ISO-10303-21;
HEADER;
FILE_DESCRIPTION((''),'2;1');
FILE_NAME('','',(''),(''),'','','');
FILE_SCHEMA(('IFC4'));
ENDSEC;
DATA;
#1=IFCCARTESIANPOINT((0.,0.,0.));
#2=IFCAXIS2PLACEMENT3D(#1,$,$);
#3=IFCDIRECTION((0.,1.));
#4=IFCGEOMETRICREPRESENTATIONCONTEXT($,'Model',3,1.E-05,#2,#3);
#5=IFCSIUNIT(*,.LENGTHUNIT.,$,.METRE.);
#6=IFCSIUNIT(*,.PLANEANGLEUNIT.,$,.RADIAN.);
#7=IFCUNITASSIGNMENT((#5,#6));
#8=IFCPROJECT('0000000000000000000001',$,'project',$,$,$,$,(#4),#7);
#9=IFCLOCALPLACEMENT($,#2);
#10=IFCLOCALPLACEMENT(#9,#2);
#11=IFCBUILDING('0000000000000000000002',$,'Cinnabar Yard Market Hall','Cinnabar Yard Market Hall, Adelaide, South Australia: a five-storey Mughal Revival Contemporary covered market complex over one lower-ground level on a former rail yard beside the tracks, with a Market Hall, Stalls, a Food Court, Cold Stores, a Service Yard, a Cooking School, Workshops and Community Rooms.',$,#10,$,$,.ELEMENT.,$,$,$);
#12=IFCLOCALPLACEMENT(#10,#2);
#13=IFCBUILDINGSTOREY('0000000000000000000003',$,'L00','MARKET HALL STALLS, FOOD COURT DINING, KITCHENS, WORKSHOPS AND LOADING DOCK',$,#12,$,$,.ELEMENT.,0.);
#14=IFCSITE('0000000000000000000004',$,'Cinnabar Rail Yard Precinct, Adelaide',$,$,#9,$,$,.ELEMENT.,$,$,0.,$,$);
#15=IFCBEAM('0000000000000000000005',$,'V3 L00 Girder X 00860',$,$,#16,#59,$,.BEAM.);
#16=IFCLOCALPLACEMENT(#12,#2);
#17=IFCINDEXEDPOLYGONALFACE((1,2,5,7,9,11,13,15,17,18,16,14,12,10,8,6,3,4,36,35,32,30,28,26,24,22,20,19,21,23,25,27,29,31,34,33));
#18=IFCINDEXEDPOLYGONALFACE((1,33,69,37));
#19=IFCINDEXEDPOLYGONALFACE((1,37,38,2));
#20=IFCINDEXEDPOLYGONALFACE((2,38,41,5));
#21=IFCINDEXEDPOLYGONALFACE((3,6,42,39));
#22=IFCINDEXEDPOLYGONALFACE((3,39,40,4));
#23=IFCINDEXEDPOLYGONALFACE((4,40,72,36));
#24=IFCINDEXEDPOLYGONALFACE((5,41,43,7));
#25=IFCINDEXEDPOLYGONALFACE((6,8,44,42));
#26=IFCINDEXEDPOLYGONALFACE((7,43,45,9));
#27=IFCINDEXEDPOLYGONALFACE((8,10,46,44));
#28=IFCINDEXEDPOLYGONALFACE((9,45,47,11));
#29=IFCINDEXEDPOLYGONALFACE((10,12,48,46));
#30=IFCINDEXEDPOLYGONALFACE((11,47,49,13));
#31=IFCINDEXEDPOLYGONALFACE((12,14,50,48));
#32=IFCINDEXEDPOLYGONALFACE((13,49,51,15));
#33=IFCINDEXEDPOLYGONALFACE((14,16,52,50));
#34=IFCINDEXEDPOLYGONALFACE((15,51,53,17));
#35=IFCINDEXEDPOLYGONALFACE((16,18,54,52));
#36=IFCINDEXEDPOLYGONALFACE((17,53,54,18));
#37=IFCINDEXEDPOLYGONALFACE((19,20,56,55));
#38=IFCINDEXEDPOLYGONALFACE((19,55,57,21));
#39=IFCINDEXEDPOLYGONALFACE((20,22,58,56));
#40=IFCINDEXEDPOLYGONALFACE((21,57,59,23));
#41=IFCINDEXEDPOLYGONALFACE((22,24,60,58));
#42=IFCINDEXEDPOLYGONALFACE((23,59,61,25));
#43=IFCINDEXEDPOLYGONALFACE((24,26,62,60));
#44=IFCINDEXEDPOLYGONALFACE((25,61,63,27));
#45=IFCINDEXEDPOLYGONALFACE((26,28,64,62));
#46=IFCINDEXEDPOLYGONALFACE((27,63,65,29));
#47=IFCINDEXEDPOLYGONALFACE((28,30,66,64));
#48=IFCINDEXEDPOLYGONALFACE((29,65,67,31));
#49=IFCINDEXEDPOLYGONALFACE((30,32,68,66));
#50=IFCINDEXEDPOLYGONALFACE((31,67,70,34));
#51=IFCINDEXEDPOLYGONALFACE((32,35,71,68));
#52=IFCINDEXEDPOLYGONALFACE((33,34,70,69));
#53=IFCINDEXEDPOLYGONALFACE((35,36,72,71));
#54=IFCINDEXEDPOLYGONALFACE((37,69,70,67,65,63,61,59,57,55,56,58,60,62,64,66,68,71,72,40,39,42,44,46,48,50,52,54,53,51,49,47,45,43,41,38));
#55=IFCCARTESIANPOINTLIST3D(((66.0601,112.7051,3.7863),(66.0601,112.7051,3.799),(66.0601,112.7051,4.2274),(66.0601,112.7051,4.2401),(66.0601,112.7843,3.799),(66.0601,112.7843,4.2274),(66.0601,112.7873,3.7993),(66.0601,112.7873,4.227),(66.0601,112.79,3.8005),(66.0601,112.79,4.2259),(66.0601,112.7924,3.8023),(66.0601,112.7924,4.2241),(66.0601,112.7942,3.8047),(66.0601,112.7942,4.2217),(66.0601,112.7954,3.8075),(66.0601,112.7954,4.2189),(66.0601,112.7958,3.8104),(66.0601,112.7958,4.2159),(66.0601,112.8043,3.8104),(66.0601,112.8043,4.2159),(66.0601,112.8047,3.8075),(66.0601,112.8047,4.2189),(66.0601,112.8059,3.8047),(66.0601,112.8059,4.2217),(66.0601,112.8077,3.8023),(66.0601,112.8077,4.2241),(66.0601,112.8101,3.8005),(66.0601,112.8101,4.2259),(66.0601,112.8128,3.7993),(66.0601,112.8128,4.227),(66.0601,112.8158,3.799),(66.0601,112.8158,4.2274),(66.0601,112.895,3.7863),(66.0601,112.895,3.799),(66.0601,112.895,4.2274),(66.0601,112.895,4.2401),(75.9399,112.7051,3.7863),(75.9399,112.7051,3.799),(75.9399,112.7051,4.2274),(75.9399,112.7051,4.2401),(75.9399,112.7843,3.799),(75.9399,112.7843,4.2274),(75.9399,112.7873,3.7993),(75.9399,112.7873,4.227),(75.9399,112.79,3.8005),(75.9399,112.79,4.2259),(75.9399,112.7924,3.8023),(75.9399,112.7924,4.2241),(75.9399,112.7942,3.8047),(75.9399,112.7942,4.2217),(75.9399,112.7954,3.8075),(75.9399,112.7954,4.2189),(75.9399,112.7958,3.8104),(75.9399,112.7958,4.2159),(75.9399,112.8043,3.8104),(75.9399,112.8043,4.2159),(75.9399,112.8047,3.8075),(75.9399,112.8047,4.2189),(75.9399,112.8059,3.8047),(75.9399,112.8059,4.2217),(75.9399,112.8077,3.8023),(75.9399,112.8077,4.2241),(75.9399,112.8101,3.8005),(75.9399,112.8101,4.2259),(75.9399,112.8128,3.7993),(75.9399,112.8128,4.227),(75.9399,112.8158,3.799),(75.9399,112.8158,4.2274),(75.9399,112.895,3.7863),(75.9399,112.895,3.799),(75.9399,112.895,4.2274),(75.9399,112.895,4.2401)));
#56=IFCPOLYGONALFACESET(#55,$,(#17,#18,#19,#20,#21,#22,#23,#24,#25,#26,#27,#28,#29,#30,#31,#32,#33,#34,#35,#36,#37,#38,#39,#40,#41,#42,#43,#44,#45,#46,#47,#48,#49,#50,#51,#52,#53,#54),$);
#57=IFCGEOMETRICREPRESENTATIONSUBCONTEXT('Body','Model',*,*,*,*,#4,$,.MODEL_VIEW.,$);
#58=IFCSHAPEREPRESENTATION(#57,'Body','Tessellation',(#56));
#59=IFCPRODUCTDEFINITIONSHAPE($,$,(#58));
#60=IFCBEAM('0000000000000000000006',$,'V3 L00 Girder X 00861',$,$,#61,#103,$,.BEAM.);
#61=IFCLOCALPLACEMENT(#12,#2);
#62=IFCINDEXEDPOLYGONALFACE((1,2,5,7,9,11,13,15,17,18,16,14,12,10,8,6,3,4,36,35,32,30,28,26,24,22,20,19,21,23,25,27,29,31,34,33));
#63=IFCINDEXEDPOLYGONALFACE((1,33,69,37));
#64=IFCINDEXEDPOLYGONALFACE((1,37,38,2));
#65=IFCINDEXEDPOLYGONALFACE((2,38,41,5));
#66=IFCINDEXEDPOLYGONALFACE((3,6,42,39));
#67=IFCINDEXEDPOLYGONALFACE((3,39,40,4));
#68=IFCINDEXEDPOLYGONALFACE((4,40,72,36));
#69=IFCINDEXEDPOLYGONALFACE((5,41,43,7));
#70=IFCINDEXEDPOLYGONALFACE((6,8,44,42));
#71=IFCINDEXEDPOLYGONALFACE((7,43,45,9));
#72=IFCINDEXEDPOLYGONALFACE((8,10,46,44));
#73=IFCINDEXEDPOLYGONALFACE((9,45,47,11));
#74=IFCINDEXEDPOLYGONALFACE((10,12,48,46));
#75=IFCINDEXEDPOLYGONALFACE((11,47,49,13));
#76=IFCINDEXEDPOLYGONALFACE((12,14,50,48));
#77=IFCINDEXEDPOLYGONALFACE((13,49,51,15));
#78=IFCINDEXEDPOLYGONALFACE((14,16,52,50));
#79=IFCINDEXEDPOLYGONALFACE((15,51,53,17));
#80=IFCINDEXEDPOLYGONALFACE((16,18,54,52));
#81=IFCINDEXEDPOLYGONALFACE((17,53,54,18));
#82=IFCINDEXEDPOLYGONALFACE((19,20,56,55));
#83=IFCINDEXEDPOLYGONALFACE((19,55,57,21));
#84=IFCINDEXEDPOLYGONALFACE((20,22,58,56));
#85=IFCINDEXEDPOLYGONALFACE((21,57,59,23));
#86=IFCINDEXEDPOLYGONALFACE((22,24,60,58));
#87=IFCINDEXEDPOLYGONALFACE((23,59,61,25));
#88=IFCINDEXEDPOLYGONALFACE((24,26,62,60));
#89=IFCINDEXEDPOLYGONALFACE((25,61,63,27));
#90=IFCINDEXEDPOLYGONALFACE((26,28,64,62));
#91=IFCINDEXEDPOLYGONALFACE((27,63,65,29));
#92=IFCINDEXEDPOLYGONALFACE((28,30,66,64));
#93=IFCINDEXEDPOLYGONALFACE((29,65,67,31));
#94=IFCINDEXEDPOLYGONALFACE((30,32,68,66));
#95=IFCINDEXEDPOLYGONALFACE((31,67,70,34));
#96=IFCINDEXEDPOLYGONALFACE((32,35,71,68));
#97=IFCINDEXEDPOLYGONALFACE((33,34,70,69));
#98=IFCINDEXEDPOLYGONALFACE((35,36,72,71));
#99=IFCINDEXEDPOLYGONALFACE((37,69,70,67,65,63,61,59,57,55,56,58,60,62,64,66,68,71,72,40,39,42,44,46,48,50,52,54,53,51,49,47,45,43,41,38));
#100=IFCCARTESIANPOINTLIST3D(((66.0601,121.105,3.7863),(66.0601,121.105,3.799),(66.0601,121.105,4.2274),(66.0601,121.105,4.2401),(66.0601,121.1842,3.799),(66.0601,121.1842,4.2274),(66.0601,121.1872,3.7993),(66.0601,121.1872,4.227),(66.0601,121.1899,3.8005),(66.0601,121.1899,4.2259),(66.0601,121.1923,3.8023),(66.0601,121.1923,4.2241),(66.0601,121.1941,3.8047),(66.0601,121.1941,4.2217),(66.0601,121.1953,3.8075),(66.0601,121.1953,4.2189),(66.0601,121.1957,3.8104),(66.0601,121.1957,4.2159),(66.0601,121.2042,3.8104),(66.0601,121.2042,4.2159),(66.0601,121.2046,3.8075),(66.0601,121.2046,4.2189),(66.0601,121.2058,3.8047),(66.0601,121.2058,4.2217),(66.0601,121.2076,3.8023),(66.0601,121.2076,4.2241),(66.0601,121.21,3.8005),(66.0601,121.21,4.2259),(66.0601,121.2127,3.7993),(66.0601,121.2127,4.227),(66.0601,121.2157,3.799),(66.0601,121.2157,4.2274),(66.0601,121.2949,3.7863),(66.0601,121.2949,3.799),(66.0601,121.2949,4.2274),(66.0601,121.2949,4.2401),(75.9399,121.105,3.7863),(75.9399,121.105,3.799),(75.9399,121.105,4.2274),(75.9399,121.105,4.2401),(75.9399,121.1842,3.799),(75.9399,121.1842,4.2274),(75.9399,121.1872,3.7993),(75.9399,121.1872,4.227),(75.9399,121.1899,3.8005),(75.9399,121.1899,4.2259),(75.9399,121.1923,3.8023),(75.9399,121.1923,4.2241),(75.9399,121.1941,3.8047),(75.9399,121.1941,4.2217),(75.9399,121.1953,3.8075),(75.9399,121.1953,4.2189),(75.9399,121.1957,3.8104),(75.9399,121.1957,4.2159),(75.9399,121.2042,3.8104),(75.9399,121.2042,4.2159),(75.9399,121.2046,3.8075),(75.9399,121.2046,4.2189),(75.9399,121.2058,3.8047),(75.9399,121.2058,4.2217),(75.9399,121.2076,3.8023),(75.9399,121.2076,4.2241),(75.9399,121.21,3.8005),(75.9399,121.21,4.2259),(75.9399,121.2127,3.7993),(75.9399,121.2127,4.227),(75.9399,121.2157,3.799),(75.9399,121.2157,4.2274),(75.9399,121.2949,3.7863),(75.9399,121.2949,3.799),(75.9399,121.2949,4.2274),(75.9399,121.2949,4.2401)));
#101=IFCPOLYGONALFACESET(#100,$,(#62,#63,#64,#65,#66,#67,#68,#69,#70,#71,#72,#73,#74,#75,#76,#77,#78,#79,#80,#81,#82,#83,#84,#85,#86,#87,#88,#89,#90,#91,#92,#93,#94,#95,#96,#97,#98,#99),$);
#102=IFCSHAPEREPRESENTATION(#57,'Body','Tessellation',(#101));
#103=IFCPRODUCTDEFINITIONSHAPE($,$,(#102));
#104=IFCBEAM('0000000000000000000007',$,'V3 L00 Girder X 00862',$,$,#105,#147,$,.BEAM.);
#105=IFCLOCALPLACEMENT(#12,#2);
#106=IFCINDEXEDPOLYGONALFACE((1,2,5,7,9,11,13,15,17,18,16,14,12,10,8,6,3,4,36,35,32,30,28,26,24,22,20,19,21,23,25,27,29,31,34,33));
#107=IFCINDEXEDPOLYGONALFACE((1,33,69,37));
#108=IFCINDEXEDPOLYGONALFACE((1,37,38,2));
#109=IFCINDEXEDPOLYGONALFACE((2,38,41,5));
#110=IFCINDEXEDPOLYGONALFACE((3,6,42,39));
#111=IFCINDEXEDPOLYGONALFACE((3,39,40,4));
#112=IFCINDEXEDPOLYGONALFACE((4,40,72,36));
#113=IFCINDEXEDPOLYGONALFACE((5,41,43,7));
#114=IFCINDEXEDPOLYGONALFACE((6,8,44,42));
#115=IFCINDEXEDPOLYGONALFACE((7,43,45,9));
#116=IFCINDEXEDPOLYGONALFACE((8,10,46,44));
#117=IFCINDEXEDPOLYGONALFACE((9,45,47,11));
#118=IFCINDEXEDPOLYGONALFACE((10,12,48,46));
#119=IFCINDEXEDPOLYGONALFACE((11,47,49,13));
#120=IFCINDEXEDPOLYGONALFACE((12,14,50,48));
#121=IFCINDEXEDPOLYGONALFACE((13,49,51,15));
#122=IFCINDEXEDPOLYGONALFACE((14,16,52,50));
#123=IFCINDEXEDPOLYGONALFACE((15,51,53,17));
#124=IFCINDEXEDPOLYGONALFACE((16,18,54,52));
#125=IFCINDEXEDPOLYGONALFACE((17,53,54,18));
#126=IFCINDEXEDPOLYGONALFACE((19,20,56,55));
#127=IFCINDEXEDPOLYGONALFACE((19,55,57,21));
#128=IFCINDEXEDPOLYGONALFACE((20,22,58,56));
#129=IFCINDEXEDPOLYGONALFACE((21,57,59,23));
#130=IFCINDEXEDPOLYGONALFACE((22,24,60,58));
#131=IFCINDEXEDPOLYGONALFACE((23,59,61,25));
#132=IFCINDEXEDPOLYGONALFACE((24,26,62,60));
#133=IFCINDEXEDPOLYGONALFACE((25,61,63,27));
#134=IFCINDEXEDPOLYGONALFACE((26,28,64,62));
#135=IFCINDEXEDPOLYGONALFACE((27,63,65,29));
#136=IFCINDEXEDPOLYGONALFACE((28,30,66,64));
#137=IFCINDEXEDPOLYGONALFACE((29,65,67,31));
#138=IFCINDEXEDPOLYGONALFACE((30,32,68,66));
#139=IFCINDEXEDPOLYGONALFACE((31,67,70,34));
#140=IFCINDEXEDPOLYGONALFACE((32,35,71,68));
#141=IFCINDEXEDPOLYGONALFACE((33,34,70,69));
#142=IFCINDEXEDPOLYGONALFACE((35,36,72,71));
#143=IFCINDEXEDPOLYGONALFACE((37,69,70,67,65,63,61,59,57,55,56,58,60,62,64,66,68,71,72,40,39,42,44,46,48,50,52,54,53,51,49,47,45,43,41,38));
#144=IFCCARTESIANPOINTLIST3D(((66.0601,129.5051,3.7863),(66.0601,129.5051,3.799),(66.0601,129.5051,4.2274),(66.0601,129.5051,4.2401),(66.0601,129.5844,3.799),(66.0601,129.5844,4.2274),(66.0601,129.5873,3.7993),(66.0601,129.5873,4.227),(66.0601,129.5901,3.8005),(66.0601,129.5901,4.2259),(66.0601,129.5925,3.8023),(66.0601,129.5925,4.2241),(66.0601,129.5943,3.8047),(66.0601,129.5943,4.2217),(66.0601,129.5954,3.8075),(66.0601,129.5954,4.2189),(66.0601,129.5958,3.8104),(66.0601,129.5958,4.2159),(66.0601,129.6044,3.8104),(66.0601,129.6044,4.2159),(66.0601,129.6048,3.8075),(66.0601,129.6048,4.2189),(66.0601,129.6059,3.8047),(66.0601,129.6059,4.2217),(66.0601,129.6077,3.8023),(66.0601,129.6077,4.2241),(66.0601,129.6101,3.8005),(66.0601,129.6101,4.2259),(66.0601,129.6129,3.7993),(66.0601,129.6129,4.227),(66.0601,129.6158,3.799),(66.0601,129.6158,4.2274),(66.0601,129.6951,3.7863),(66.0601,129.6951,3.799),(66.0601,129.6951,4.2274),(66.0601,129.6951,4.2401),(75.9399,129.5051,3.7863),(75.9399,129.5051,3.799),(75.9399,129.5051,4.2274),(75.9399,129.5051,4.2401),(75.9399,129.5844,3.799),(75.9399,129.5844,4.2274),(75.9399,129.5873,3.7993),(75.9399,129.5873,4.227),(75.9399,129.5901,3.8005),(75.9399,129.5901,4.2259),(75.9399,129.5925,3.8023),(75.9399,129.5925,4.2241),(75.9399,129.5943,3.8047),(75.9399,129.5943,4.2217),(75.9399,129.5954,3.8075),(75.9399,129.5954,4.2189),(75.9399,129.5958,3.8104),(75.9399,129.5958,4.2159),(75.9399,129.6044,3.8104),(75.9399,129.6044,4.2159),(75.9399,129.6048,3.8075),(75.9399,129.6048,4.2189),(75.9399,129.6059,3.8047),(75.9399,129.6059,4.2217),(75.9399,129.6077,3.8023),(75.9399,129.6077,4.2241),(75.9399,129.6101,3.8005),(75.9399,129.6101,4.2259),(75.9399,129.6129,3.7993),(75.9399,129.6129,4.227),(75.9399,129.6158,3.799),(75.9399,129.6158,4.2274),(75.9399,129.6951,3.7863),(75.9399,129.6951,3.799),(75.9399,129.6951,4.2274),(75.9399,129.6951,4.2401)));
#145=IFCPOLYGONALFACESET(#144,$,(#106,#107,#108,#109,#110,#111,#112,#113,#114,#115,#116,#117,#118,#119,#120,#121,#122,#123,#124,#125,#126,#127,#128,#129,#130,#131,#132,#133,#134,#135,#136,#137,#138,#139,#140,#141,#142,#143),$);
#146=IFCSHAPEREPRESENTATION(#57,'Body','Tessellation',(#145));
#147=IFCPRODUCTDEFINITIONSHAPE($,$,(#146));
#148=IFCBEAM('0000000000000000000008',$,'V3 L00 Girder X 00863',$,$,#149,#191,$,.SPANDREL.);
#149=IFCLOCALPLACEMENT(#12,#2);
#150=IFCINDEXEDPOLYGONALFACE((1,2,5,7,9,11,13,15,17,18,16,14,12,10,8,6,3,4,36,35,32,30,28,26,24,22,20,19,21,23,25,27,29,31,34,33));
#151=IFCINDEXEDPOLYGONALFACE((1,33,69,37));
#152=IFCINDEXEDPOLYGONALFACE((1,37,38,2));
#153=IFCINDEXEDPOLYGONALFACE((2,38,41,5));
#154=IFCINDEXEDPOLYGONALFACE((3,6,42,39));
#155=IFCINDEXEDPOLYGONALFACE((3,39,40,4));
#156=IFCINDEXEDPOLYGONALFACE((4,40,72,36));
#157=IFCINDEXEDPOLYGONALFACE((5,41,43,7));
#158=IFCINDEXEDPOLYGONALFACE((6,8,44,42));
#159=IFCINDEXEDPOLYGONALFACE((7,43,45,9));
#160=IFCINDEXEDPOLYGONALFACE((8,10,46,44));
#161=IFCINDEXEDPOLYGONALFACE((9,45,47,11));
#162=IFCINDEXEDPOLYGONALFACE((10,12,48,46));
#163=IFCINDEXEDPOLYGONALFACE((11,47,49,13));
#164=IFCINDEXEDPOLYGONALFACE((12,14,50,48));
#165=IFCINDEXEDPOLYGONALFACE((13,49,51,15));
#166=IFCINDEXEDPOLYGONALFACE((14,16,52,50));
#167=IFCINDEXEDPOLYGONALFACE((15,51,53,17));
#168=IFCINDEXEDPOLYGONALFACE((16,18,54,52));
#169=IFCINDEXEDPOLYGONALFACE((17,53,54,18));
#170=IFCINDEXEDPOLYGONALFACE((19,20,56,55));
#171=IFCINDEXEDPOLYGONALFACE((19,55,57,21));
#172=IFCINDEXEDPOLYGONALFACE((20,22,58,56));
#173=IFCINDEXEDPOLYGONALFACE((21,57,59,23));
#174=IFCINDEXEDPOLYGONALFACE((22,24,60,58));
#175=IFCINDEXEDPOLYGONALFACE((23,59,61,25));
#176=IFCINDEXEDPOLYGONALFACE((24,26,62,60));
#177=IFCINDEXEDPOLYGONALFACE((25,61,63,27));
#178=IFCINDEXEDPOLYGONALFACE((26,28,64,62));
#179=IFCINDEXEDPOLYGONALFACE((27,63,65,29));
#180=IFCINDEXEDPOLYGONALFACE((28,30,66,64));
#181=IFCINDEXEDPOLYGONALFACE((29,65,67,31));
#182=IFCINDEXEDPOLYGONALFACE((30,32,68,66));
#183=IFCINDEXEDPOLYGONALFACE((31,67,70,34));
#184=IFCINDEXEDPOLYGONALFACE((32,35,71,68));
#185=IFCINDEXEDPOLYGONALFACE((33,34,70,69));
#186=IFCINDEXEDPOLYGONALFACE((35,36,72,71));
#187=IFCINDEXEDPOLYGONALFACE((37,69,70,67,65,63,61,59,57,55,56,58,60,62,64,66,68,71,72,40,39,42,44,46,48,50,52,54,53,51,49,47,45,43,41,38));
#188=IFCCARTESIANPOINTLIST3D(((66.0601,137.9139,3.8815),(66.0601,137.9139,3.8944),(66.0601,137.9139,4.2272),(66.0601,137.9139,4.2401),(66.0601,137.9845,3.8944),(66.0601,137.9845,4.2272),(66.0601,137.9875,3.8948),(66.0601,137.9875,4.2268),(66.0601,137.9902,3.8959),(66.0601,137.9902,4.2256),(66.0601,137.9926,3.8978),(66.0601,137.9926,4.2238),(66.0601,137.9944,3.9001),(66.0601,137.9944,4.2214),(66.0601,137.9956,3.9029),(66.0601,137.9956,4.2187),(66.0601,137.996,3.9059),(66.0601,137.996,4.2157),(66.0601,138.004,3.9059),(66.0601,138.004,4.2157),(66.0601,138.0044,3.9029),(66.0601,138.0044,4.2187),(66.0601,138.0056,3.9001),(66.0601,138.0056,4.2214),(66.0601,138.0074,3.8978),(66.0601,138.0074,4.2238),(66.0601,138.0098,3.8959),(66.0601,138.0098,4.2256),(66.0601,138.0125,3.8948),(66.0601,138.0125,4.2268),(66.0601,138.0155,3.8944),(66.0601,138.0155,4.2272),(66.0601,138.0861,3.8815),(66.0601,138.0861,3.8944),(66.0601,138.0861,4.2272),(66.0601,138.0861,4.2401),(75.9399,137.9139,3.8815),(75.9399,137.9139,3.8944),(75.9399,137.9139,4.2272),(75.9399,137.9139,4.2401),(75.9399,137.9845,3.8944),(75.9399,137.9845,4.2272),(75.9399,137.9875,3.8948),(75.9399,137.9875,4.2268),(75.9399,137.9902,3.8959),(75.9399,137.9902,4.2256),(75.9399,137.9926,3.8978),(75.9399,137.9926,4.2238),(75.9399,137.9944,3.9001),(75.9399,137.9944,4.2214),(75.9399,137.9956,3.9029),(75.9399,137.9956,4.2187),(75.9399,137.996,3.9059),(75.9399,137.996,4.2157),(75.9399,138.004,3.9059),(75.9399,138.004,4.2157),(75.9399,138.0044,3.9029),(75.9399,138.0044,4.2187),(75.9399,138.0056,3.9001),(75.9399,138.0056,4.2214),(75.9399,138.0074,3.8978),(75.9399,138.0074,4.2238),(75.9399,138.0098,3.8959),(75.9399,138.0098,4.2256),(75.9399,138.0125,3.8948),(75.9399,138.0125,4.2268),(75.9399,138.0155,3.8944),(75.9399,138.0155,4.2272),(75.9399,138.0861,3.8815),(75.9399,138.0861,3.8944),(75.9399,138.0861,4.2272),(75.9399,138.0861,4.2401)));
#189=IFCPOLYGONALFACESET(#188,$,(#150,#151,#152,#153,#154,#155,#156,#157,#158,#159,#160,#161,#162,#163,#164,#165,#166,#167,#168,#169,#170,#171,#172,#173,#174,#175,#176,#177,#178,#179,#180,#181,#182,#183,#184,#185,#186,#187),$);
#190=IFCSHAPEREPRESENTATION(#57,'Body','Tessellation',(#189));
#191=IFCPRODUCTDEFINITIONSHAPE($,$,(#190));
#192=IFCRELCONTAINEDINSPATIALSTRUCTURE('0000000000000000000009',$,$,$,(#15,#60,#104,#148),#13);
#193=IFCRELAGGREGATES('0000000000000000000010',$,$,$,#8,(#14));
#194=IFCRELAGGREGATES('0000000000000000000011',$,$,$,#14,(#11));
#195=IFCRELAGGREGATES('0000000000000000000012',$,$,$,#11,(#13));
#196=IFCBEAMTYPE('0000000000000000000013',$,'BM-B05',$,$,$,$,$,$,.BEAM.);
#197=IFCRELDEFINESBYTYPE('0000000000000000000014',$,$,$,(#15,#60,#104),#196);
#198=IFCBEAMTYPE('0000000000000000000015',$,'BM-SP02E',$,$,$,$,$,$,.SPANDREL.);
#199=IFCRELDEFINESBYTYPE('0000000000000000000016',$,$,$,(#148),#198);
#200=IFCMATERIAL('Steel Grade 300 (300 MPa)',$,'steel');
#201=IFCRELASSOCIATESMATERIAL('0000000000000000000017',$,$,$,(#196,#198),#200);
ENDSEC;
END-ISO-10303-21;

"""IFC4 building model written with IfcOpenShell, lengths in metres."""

from ifc_helpers import new_model, si_unit, direction, frame, origin, origin_2d_with_axis, place, context, subcontext, project, spatial, i_section, extrude, material, material_profile, profile_set, type_object, element, save


model = new_model("IFC4")

# Units and contexts
model_context = context("Model", 3, precision=1e-05, world=origin(), true_north=direction((0.0, 1.0)))
body_context = subcontext(model_context, "Body", "Model", "MODEL_VIEW")
ifc_project = project(units=[si_unit("LENGTHUNIT", "METRE"), si_unit("PLANEANGLEUNIT", "RADIAN")], contexts=[model_context])

# Site, building, storey
site_placement = place(None, origin())
site = spatial("IfcSite", under=ifc_project, at=site_placement, Name="Cinnabar Rail Yard Precinct, Adelaide", CompositionType="ELEMENT", RefElevation=0.0)
building_placement = place(site_placement, origin())
building = spatial("IfcBuilding", under=site, at=building_placement, Name="Cinnabar Yard Market Hall", Description="Cinnabar Yard Market Hall, Adelaide, South Australia: a five-storey Mughal Revival Contemporary covered market complex over one lower-ground level on a former rail yard beside the tracks, with a Market Hall, Stalls, a Food Court, Cold Stores, a Service Yard, a Cooking School, Workshops and Community Rooms.", CompositionType="ELEMENT")
storey_placement = place(building_placement, origin())
storey = spatial("IfcBuildingStorey", under=building, at=storey_placement, Name="L00", Description="MARKET HALL STALLS, FOOD COURT DINING, KITCHENS, WORKSHOPS AND LOADING DOCK", CompositionType="ELEMENT", Elevation=0.0)

# Shared definitions
ifc_material_1 = material(Name="Steel Grade 300 (300 MPa)", Category="steel")

# Beams
ifc_material_profile_1 = material_profile(ifc_material_1, i_section(OverallWidth=0.1899, OverallDepth=0.4539, WebThickness=0.0085, FlangeThickness=0.0127, FilletRadius=0.0115, at=origin_2d_with_axis()), Name="460UB67.1")
ifc_profile_set_1 = profile_set([ifc_material_profile_1], Name="Steel Grade 300 (300 MPa)")
beam_type_1 = type_object("IfcBeamType", Name="BM-B05", PredefinedType="BEAM", material=ifc_profile_set_1)
for number, where, z_axis, x_axis, name in (
    (1, (66.0601, 112.8, 4.0132), (1.0, 0.0, 0.0), (0.0, 1.0, 0.0), "V3 L00 Girder X 00860"),
    (2, (66.0601, 121.2, 4.0132), (1.0, 0.0, 0.0), (0.0, 1.0, 0.0), "V3 L00 Girder X 00861"),
    (3, (66.0601, 129.6001, 4.0132), (1.0, 0.0, 0.0), (0.0, 1.0, 0.0), "V3 L00 Girder X 00862"),
):
    element("IfcBeam", number, at=place(storey_placement, frame(where, z_axis=z_axis, x_axis=x_axis)), inside=storey, type_object=beam_type_1, Name=name, PredefinedType="BEAM", context=body_context, shape_type="SweptSolid", body=[
        extrude(i_section(OverallWidth=0.1899, OverallDepth=0.4539, WebThickness=0.0085, FlangeThickness=0.0127, FilletRadius=0.0115, at=origin_2d_with_axis()), origin(), (0.0, 0.0, 1.0), 9.8799),
    ])
ifc_material_profile_2 = material_profile(ifc_material_1, i_section(OverallWidth=0.1721, OverallDepth=0.3586, WebThickness=0.0081, FlangeThickness=0.0129, FilletRadius=0.0115, at=origin_2d_with_axis()), Name="360UB56.7")
ifc_profile_set_2 = profile_set([ifc_material_profile_2], Name="Steel Grade 300 (300 MPa)")
beam_type_2 = type_object("IfcBeamType", Name="BM-SP02E", PredefinedType="SPANDREL", material=ifc_profile_set_2)
beam_1_placement = place(storey_placement, frame((66.0601, 138.0, 4.0608), z_axis=(1.0, 0.0, 0.0), x_axis=(0.0, 1.0, 0.0)))
element("IfcBeam", 4, at=beam_1_placement, inside=storey, type_object=beam_type_2, Name="V3 L00 Girder X 00863", PredefinedType="SPANDREL", context=body_context, shape_type="SweptSolid", body=[
    extrude(i_section(OverallWidth=0.1721, OverallDepth=0.3586, WebThickness=0.0081, FlangeThickness=0.0129, FilletRadius=0.0115, at=origin_2d_with_axis()), origin(), (0.0, 0.0, 1.0), 9.8799),
])

save(model, "model.ifc")
